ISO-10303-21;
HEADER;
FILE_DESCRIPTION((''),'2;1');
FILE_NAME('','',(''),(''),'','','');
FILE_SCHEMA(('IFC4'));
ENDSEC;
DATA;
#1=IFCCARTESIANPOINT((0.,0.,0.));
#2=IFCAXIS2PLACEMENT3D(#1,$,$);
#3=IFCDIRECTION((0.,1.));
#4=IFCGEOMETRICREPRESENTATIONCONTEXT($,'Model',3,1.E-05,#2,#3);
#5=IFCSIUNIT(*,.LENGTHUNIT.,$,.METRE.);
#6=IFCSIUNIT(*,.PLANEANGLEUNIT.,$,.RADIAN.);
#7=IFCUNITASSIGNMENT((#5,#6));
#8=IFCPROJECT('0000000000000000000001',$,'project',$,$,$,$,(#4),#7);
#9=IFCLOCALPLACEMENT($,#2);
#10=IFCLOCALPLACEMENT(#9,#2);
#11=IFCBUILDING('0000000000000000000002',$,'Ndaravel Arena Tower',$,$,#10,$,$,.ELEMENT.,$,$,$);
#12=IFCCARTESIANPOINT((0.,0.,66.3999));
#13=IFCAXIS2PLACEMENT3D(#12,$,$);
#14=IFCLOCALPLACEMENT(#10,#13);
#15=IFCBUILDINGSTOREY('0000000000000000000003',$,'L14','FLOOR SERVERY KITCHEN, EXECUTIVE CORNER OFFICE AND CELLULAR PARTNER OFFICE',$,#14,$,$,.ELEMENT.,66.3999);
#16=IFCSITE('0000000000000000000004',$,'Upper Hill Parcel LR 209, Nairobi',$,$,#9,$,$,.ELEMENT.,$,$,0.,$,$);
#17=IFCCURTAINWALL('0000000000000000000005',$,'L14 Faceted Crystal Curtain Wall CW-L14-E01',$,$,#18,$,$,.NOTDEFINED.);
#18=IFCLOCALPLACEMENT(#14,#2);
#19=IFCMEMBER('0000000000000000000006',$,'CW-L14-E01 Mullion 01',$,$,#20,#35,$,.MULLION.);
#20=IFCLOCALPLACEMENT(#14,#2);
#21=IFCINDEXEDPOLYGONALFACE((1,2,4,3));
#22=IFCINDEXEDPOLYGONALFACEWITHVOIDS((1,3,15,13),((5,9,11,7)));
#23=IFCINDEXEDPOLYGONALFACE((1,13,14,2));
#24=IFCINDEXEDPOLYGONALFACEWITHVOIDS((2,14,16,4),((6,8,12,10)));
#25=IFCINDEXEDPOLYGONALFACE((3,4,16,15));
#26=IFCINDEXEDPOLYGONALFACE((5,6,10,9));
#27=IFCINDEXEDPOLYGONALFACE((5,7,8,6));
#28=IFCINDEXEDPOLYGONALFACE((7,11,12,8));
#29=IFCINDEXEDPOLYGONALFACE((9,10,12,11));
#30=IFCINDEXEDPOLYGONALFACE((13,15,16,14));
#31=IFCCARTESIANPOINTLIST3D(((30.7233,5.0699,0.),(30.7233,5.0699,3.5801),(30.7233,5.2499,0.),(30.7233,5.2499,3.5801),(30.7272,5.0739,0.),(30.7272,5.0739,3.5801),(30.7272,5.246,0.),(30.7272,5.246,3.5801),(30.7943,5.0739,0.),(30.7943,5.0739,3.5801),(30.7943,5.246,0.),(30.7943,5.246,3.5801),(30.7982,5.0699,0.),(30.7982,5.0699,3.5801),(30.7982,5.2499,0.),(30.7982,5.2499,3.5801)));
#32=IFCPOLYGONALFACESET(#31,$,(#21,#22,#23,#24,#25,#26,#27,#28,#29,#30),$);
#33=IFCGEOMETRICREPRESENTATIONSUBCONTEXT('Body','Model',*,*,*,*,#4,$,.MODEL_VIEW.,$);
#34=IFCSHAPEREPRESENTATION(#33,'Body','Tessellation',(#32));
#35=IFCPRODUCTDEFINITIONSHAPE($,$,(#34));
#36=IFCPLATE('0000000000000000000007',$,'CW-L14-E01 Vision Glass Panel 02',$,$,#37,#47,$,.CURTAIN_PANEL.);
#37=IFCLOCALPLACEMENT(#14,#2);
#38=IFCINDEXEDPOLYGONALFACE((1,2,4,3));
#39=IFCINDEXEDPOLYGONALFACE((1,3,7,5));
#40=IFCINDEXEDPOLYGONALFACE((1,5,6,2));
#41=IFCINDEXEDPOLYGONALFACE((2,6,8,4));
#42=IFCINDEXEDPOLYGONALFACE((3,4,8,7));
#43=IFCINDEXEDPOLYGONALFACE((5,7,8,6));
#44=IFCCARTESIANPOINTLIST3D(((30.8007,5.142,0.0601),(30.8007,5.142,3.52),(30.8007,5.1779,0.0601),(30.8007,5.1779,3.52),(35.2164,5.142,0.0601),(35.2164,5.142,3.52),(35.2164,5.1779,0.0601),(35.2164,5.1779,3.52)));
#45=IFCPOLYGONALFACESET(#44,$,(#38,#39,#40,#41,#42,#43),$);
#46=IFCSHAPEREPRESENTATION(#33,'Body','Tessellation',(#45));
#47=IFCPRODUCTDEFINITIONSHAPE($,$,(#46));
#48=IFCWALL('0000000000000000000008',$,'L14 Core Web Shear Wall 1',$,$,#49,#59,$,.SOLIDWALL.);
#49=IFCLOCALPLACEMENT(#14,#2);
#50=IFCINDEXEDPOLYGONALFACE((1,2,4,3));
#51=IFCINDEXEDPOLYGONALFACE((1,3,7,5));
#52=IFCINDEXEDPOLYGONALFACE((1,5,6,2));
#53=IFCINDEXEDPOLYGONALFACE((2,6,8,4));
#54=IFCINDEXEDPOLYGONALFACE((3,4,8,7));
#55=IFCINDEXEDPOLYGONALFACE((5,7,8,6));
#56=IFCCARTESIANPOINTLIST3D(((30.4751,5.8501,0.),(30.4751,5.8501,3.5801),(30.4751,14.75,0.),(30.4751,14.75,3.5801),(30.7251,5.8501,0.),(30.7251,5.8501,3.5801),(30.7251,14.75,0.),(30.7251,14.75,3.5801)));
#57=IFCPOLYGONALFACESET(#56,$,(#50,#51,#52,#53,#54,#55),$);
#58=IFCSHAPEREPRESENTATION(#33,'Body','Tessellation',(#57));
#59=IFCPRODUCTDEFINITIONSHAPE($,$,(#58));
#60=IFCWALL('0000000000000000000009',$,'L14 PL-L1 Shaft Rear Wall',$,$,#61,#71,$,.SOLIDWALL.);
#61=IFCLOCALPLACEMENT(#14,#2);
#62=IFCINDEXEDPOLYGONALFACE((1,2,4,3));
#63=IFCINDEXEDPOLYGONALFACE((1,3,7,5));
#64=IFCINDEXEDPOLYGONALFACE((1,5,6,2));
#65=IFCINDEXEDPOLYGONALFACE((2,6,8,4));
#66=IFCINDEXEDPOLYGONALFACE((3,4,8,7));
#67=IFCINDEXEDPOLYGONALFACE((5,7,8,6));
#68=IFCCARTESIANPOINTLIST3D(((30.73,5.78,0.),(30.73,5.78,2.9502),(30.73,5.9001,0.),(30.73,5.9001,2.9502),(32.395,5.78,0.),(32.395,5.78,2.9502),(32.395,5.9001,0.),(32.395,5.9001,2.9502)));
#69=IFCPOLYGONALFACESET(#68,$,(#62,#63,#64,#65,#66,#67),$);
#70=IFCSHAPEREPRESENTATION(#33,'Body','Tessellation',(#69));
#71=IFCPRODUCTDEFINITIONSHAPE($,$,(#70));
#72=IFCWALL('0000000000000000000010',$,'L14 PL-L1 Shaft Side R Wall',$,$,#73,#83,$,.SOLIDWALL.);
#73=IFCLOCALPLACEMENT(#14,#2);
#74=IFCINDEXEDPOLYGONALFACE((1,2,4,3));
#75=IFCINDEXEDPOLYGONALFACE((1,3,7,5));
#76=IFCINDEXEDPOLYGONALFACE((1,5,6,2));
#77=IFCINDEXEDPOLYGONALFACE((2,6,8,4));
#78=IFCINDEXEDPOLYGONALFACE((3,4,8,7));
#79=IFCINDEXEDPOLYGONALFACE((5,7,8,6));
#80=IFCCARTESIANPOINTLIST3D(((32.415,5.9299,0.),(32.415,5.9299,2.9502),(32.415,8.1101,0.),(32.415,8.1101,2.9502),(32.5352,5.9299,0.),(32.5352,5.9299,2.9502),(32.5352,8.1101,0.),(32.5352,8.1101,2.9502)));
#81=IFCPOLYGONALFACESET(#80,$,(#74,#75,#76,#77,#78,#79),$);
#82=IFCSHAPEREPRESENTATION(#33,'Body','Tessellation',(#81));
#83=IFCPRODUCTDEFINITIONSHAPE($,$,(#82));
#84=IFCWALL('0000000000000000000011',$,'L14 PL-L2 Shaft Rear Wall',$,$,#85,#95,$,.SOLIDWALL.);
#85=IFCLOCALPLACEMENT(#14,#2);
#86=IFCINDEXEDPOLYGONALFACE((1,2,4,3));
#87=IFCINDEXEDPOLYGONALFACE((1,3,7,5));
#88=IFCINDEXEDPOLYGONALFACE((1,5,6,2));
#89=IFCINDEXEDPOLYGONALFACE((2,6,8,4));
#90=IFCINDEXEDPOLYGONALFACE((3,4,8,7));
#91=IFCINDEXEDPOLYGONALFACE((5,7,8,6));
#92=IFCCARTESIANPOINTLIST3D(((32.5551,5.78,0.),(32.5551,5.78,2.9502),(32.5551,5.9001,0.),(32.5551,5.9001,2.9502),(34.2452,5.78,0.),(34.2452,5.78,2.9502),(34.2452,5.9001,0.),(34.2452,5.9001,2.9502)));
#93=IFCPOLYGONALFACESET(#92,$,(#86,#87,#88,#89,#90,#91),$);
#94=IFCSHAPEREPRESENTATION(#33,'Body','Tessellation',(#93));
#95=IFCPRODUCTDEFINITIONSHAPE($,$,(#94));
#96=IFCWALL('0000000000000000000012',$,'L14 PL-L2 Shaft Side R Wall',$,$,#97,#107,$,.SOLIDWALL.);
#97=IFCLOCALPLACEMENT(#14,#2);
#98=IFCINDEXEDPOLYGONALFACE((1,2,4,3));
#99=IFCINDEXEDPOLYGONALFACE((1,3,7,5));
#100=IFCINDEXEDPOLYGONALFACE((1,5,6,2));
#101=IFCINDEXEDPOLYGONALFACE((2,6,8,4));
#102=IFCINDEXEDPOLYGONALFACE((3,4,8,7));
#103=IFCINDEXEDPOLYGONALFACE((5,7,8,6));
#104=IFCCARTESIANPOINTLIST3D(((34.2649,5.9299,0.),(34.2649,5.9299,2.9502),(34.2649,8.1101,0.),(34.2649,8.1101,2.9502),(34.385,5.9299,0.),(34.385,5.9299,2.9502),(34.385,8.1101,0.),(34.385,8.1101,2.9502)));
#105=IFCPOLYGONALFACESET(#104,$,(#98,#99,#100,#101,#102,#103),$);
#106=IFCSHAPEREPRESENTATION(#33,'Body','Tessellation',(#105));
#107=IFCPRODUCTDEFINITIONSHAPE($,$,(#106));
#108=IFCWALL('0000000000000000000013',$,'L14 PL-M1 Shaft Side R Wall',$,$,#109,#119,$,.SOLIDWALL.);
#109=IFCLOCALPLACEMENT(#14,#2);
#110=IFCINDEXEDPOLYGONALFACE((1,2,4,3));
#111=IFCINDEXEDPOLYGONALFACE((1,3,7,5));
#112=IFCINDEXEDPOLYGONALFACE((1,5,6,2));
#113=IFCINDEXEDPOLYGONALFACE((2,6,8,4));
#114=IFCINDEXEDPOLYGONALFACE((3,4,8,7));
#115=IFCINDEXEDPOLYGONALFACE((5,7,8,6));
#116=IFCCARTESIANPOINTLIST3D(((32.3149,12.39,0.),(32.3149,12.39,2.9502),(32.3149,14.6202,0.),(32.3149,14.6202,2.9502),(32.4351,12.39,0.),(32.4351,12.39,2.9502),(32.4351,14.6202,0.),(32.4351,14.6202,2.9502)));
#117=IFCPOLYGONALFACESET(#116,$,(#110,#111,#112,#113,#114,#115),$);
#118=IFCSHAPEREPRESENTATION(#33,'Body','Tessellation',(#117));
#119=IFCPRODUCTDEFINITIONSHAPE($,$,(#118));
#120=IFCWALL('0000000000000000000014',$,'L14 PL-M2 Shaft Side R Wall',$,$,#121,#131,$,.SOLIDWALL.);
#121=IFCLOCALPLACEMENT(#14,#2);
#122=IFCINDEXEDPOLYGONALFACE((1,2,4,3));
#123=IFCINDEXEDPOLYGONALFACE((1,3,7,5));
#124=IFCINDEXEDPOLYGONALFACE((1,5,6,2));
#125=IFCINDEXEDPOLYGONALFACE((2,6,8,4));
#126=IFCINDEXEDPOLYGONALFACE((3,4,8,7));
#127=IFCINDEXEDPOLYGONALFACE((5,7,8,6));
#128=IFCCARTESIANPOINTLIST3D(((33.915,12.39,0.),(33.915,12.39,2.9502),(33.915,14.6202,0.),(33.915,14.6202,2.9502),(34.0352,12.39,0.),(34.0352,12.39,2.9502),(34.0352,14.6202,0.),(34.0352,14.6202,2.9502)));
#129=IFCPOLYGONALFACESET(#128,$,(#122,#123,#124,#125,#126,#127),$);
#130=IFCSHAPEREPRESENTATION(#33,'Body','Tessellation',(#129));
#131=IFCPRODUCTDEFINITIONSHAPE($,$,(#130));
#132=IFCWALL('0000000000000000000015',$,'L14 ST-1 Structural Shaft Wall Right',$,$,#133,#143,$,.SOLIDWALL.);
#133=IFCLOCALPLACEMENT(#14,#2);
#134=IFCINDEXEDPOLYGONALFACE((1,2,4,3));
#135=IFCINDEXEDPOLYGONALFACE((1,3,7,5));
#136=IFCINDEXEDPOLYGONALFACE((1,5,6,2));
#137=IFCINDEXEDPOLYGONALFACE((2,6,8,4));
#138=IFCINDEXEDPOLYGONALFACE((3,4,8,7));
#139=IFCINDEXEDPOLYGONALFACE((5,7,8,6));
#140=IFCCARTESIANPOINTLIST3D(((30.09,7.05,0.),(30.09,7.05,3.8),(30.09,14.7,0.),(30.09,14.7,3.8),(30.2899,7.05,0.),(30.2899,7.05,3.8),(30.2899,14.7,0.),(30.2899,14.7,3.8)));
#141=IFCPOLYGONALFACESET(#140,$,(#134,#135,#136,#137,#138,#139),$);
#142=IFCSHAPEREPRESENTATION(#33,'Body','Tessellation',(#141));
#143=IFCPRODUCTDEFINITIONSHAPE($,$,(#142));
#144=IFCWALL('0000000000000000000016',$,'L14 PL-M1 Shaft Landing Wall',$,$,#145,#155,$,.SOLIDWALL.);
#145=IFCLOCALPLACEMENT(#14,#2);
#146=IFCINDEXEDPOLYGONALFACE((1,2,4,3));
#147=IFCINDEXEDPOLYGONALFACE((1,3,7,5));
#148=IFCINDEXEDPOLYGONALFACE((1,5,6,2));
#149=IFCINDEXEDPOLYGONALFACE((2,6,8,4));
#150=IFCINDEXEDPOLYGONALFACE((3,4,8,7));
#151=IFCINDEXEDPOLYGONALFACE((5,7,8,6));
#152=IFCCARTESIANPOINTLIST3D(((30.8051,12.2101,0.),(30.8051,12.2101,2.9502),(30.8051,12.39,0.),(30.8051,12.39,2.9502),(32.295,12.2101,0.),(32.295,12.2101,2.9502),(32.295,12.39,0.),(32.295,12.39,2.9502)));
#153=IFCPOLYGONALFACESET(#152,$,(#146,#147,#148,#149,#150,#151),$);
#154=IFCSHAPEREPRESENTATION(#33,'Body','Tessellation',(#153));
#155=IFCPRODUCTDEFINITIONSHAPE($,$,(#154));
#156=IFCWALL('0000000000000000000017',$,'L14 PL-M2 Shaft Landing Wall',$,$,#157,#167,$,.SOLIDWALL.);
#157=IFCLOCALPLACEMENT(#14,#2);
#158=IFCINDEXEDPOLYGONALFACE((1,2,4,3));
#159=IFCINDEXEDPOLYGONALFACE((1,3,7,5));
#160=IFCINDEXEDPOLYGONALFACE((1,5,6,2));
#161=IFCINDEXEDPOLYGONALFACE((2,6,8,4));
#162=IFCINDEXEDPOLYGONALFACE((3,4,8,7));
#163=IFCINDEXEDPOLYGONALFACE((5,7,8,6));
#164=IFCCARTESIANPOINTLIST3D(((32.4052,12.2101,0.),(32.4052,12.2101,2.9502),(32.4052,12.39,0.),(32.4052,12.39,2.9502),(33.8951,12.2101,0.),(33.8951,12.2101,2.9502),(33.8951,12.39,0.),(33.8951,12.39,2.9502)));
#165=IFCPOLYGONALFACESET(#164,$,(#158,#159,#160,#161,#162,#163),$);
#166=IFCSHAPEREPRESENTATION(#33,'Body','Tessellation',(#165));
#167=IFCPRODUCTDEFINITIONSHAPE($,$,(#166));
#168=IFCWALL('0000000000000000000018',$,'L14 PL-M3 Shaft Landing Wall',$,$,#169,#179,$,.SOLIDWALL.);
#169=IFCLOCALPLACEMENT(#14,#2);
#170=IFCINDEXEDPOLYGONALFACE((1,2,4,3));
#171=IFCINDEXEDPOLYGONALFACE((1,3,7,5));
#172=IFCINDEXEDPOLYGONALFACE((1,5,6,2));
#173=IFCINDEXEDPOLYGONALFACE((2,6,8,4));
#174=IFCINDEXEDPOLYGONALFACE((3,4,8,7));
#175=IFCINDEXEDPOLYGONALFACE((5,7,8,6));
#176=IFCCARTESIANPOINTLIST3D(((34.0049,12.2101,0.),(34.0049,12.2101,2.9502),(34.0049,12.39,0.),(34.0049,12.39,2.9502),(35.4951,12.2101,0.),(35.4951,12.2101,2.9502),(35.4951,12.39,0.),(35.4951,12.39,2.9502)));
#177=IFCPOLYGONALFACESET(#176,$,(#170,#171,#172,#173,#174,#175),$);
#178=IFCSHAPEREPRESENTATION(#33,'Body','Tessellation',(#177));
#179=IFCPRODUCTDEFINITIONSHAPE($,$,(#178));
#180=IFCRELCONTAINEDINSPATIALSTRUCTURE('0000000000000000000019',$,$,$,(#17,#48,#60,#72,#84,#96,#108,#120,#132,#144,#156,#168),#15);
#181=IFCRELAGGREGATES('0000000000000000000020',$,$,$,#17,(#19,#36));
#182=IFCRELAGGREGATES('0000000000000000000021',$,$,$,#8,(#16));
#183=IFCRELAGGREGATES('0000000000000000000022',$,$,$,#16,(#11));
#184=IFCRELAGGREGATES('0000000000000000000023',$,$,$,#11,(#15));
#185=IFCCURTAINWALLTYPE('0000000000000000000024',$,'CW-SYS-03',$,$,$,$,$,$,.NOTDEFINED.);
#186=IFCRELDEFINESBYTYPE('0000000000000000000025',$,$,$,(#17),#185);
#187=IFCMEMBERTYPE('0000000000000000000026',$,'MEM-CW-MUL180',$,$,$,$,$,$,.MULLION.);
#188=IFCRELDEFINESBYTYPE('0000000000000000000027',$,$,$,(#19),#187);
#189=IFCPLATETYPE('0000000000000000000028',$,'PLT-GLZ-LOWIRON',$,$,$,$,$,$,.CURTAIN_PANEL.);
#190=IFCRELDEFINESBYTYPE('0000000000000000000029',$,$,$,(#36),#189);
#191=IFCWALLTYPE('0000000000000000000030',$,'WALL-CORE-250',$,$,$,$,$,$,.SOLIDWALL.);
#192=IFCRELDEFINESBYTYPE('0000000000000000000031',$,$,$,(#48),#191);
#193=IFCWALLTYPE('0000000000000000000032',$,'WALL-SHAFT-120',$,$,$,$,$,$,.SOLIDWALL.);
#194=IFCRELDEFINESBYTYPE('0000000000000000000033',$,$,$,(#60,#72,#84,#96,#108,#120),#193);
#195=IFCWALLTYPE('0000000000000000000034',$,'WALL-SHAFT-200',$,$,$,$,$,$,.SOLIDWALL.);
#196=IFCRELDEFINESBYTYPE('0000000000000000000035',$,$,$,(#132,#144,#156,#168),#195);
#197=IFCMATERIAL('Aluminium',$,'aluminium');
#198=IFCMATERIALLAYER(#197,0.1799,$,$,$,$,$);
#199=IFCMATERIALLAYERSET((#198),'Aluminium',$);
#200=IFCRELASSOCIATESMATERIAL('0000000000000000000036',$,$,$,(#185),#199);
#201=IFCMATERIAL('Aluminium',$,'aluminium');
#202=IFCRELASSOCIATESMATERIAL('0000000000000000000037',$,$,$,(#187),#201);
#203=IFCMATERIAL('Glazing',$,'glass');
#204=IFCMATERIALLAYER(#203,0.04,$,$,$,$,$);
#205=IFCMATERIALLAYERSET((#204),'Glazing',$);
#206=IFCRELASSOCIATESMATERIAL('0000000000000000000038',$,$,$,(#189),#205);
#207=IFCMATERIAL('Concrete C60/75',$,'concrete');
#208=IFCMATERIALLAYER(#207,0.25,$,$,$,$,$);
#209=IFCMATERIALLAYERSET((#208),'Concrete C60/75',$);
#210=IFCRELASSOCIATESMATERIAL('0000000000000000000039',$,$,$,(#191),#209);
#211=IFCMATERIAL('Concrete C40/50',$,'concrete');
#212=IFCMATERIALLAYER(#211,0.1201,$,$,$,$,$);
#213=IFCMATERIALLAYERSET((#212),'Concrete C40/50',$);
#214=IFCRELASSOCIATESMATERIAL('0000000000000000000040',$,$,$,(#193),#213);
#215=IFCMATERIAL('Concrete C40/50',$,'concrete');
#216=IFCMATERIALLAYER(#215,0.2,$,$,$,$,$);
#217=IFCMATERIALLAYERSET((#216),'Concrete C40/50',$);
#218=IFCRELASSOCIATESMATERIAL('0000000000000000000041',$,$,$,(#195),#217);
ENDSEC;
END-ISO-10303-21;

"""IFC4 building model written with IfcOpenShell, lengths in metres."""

from ifc_helpers import new_model, si_unit, direction, frame, frame_2d, origin, origin_2d, place, context, subcontext, project, spatial, rectangle, hollow_rectangle, extrude, material, layer, layer_set, material_profile, profile_set, type_object, element, aggregate, save


model = new_model("IFC4")

# Units and contexts
model_context = context("Model", 3, precision=1e-05, world=origin(), true_north=direction((0.0, 1.0)))
body_context = subcontext(model_context, "Body", "Model", "MODEL_VIEW")
ifc_project = project(units=[si_unit("LENGTHUNIT", "METRE"), si_unit("PLANEANGLEUNIT", "RADIAN")], contexts=[model_context])

# Site, building, storey
site_placement = place(None, origin())
site = spatial("IfcSite", under=ifc_project, at=site_placement, Name="Upper Hill Parcel LR 209, Nairobi", CompositionType="ELEMENT", RefElevation=0.0)
building_placement = place(site_placement, origin())
building = spatial("IfcBuilding", under=site, at=building_placement, Name="Ndaravel Arena Tower", CompositionType="ELEMENT")
storey_placement = place(building_placement, frame((0.0, 0.0, 66.3999)))
storey = spatial("IfcBuildingStorey", under=building, at=storey_placement, Name="L14", Description="FLOOR SERVERY KITCHEN, EXECUTIVE CORNER OFFICE AND CELLULAR PARTNER OFFICE", CompositionType="ELEMENT", Elevation=66.3999)

# Curtain wall, member, plate
ifc_material_1 = material(Name="Aluminium", Category="aluminium")
ifc_layer_1 = layer(ifc_material_1, 0.1799)
ifc_layer_set_1 = layer_set([ifc_layer_1], Name="Aluminium")
curtain_wall_type = type_object("IfcCurtainWallType", Name="CW-SYS-03", PredefinedType="NOTDEFINED", material=ifc_layer_set_1)
curtain_wall_placement = place(storey_placement, origin())
curtain_wall = element("IfcCurtainWall", 1, at=curtain_wall_placement, inside=storey, type_object=curtain_wall_type, Name="L14 Faceted Crystal Curtain Wall CW-L14-E01", PredefinedType="NOTDEFINED")
ifc_material_2 = material(Name="Aluminium", Category="aluminium")
ifc_material_profile = material_profile(ifc_material_2, hollow_rectangle(XDim=0.075, YDim=0.1799, WallThickness=0.0039, at=origin_2d()), Name="CW MULLION 75x180x4")
ifc_profile_set = profile_set([ifc_material_profile], Name="Aluminium")
member_type = type_object("IfcMemberType", Name="MEM-CW-MUL180", PredefinedType="MULLION", material=ifc_profile_set)
member_placement = place(storey_placement, frame((30.7607, 5.1599, 0.0), z_axis=(0.0, 0.0, 1.0), x_axis=(1.0, 0.0, 0.0)))
member = element("IfcMember", 2, at=member_placement, type_object=member_type, Name="CW-L14-E01 Mullion 01", PredefinedType="MULLION", context=body_context, shape_type="SweptSolid", body=[
    extrude(hollow_rectangle(XDim=0.075, YDim=0.1799, WallThickness=0.0039, at=origin_2d()), origin(), (0.0, 0.0, 1.0), 3.5801),
])
ifc_material_3 = material(Name="Glazing", Category="glass")
ifc_layer_2 = layer(ifc_material_3, 0.04)
ifc_layer_set_2 = layer_set([ifc_layer_2], Name="Glazing")
plate_type = type_object("IfcPlateType", Name="PLT-GLZ-LOWIRON", PredefinedType="CURTAIN_PANEL", material=ifc_layer_set_2)
plate_placement = place(storey_placement, frame((33.0085, 5.1599, 0.0601), z_axis=(0.0, 0.0, 1.0), x_axis=(1.0, 0.0, 0.0)))
plate = element("IfcPlate", 3, at=plate_placement, type_object=plate_type, Name="CW-L14-E01 Vision Glass Panel 02", PredefinedType="CURTAIN_PANEL", context=body_context, shape_type="SweptSolid", body=[
    extrude(rectangle(XDim=4.4158, YDim=0.0359, at=origin_2d()), origin(), (0.0, 0.0, 1.0), 3.46),
])
aggregate(curtain_wall, [member, plate])

# Walls
ifc_material_4 = material(Name="Concrete C60/75", Category="concrete")
ifc_layer_3 = layer(ifc_material_4, 0.25)
ifc_layer_set_3 = layer_set([ifc_layer_3], Name="Concrete C60/75")
wall_type_1 = type_object("IfcWallType", Name="WALL-CORE-250", PredefinedType="SOLIDWALL", material=ifc_layer_set_3)
wall_1_placement = place(storey_placement, frame((30.6001, 5.8501, 0.0), z_axis=(0.0, 0.0, 1.0), x_axis=(0.0, 1.0, 0.0)))
element("IfcWall", 4, at=wall_1_placement, inside=storey, type_object=wall_type_1, Name="L14 Core Web Shear Wall 1", PredefinedType="SOLIDWALL", context=body_context, shape_type="SweptSolid", body=[
    extrude(rectangle(XDim=8.8999, YDim=0.25, at=frame_2d((4.45, 0.0))), origin(), (0.0, 0.0, 1.0), 3.5801),
])
ifc_material_5 = material(Name="Concrete C40/50", Category="concrete")
ifc_layer_4 = layer(ifc_material_5, 0.1201)
ifc_layer_set_4 = layer_set([ifc_layer_4], Name="Concrete C40/50")
wall_type_2 = type_object("IfcWallType", Name="WALL-SHAFT-120", PredefinedType="SOLIDWALL", material=ifc_layer_set_4)
wall_2_placement = place(storey_placement, frame((30.73, 5.8401, 0.0), z_axis=(0.0, 0.0, 1.0), x_axis=(1.0, 0.0, 0.0)))
element("IfcWall", 5, at=wall_2_placement, inside=storey, type_object=wall_type_2, Name="L14 PL-L1 Shaft Rear Wall", PredefinedType="SOLIDWALL", context=body_context, shape_type="SweptSolid", body=[
    extrude(rectangle(XDim=1.665, YDim=0.1201, at=frame_2d((0.8325, 0.0))), origin(), (0.0, 0.0, 1.0), 2.9502),
])
wall_3_placement = place(storey_placement, frame((32.4751, 5.9299, 0.0), z_axis=(0.0, 0.0, 1.0), x_axis=(0.0, 1.0, 0.0)))
element("IfcWall", 6, at=wall_3_placement, inside=storey, type_object=wall_type_2, Name="L14 PL-L1 Shaft Side R Wall", PredefinedType="SOLIDWALL", context=body_context, shape_type="SweptSolid", body=[
    extrude(rectangle(XDim=2.1802, YDim=0.1201, at=frame_2d((1.0901, 0.0))), origin(), (0.0, 0.0, 1.0), 2.9502),
])
wall_4_placement = place(storey_placement, frame((32.5549, 5.8401, 0.0), z_axis=(0.0, 0.0, 1.0), x_axis=(1.0, 0.0, 0.0)))
element("IfcWall", 7, at=wall_4_placement, inside=storey, type_object=wall_type_2, Name="L14 PL-L2 Shaft Rear Wall", PredefinedType="SOLIDWALL", context=body_context, shape_type="SweptSolid", body=[
    extrude(rectangle(XDim=1.6902, YDim=0.1201, at=frame_2d((0.8452, 0.0))), origin(), (0.0, 0.0, 1.0), 2.9502),
])
wall_5_placement = place(storey_placement, frame((34.325, 5.9299, 0.0), z_axis=(0.0, 0.0, 1.0), x_axis=(0.0, 1.0, 0.0)))
element("IfcWall", 8, at=wall_5_placement, inside=storey, type_object=wall_type_2, Name="L14 PL-L2 Shaft Side R Wall", PredefinedType="SOLIDWALL", context=body_context, shape_type="SweptSolid", body=[
    extrude(rectangle(XDim=2.1802, YDim=0.1201, at=frame_2d((1.0901, 0.0))), origin(), (0.0, 0.0, 1.0), 2.9502),
])
for number, where, z_axis, x_axis, name in (
    (9, (32.375, 12.3899, 0.0), (0.0, 0.0, 1.0), (0.0, 1.0, 0.0), "L14 PL-M1 Shaft Side R Wall"),
    (10, (33.9751, 12.3899, 0.0), (0.0, 0.0, 1.0), (0.0, 1.0, 0.0), "L14 PL-M2 Shaft Side R Wall"),
):
    element("IfcWall", number, at=place(storey_placement, frame(where, z_axis=z_axis, x_axis=x_axis)), inside=storey, type_object=wall_type_2, Name=name, PredefinedType="SOLIDWALL", context=body_context, shape_type="SweptSolid", body=[
        extrude(rectangle(XDim=2.2302, YDim=0.1201, at=frame_2d((1.1152, 0.0))), origin(), (0.0, 0.0, 1.0), 2.9502),
    ])
ifc_material_6 = material(Name="Concrete C40/50", Category="concrete")
ifc_layer_5 = layer(ifc_material_6, 0.2)
ifc_layer_set_5 = layer_set([ifc_layer_5], Name="Concrete C40/50")
wall_type_3 = type_object("IfcWallType", Name="WALL-SHAFT-200", PredefinedType="SOLIDWALL", material=ifc_layer_set_5)
wall_6_placement = place(storey_placement, frame((30.1899, 14.7, 0.0), z_axis=(0.0, 0.0, 1.0), x_axis=(0.0, -1.0, 0.0)))
element("IfcWall", 11, at=wall_6_placement, inside=storey, type_object=wall_type_3, Name="L14 ST-1 Structural Shaft Wall Right", PredefinedType="SOLIDWALL", context=body_context, shape_type="SweptSolid", body=[
    extrude(rectangle(XDim=7.6499, YDim=0.2, at=frame_2d((3.825, 0.0))), origin(), (0.0, 0.0, 1.0), 3.8),
])

# Walls
for number, where, z_axis, x_axis, name in (
    (12, (30.8049, 12.3, 0.0), (0.0, 0.0, 1.0), (1.0, 0.0, 0.0), "L14 PL-M1 Shaft Landing Wall"),
    (13, (32.405, 12.3, 0.0), (0.0, 0.0, 1.0), (1.0, 0.0, 0.0), "L14 PL-M2 Shaft Landing Wall"),
):
    element("IfcWall", number, at=place(storey_placement, frame(where, z_axis=z_axis, x_axis=x_axis)), inside=storey, type_object=wall_type_3, Name=name, PredefinedType="SOLIDWALL", context=body_context, shape_type="SweptSolid", body=[
        extrude(rectangle(XDim=1.49, YDim=0.1799, at=frame_2d((0.7451, 0.0))), origin(), (0.0, 0.0, 1.0), 2.9502),
    ])
wall_7_placement = place(storey_placement, frame((34.0049, 12.3, 0.0), z_axis=(0.0, 0.0, 1.0), x_axis=(1.0, 0.0, 0.0)))
element("IfcWall", 14, at=wall_7_placement, inside=storey, type_object=wall_type_3, Name="L14 PL-M3 Shaft Landing Wall", PredefinedType="SOLIDWALL", context=body_context, shape_type="SweptSolid", body=[
    extrude(rectangle(XDim=1.4902, YDim=0.1799, at=frame_2d((0.7451, 0.0))), origin(), (0.0, 0.0, 1.0), 2.9502),
])

save(model, "model.ifc")
